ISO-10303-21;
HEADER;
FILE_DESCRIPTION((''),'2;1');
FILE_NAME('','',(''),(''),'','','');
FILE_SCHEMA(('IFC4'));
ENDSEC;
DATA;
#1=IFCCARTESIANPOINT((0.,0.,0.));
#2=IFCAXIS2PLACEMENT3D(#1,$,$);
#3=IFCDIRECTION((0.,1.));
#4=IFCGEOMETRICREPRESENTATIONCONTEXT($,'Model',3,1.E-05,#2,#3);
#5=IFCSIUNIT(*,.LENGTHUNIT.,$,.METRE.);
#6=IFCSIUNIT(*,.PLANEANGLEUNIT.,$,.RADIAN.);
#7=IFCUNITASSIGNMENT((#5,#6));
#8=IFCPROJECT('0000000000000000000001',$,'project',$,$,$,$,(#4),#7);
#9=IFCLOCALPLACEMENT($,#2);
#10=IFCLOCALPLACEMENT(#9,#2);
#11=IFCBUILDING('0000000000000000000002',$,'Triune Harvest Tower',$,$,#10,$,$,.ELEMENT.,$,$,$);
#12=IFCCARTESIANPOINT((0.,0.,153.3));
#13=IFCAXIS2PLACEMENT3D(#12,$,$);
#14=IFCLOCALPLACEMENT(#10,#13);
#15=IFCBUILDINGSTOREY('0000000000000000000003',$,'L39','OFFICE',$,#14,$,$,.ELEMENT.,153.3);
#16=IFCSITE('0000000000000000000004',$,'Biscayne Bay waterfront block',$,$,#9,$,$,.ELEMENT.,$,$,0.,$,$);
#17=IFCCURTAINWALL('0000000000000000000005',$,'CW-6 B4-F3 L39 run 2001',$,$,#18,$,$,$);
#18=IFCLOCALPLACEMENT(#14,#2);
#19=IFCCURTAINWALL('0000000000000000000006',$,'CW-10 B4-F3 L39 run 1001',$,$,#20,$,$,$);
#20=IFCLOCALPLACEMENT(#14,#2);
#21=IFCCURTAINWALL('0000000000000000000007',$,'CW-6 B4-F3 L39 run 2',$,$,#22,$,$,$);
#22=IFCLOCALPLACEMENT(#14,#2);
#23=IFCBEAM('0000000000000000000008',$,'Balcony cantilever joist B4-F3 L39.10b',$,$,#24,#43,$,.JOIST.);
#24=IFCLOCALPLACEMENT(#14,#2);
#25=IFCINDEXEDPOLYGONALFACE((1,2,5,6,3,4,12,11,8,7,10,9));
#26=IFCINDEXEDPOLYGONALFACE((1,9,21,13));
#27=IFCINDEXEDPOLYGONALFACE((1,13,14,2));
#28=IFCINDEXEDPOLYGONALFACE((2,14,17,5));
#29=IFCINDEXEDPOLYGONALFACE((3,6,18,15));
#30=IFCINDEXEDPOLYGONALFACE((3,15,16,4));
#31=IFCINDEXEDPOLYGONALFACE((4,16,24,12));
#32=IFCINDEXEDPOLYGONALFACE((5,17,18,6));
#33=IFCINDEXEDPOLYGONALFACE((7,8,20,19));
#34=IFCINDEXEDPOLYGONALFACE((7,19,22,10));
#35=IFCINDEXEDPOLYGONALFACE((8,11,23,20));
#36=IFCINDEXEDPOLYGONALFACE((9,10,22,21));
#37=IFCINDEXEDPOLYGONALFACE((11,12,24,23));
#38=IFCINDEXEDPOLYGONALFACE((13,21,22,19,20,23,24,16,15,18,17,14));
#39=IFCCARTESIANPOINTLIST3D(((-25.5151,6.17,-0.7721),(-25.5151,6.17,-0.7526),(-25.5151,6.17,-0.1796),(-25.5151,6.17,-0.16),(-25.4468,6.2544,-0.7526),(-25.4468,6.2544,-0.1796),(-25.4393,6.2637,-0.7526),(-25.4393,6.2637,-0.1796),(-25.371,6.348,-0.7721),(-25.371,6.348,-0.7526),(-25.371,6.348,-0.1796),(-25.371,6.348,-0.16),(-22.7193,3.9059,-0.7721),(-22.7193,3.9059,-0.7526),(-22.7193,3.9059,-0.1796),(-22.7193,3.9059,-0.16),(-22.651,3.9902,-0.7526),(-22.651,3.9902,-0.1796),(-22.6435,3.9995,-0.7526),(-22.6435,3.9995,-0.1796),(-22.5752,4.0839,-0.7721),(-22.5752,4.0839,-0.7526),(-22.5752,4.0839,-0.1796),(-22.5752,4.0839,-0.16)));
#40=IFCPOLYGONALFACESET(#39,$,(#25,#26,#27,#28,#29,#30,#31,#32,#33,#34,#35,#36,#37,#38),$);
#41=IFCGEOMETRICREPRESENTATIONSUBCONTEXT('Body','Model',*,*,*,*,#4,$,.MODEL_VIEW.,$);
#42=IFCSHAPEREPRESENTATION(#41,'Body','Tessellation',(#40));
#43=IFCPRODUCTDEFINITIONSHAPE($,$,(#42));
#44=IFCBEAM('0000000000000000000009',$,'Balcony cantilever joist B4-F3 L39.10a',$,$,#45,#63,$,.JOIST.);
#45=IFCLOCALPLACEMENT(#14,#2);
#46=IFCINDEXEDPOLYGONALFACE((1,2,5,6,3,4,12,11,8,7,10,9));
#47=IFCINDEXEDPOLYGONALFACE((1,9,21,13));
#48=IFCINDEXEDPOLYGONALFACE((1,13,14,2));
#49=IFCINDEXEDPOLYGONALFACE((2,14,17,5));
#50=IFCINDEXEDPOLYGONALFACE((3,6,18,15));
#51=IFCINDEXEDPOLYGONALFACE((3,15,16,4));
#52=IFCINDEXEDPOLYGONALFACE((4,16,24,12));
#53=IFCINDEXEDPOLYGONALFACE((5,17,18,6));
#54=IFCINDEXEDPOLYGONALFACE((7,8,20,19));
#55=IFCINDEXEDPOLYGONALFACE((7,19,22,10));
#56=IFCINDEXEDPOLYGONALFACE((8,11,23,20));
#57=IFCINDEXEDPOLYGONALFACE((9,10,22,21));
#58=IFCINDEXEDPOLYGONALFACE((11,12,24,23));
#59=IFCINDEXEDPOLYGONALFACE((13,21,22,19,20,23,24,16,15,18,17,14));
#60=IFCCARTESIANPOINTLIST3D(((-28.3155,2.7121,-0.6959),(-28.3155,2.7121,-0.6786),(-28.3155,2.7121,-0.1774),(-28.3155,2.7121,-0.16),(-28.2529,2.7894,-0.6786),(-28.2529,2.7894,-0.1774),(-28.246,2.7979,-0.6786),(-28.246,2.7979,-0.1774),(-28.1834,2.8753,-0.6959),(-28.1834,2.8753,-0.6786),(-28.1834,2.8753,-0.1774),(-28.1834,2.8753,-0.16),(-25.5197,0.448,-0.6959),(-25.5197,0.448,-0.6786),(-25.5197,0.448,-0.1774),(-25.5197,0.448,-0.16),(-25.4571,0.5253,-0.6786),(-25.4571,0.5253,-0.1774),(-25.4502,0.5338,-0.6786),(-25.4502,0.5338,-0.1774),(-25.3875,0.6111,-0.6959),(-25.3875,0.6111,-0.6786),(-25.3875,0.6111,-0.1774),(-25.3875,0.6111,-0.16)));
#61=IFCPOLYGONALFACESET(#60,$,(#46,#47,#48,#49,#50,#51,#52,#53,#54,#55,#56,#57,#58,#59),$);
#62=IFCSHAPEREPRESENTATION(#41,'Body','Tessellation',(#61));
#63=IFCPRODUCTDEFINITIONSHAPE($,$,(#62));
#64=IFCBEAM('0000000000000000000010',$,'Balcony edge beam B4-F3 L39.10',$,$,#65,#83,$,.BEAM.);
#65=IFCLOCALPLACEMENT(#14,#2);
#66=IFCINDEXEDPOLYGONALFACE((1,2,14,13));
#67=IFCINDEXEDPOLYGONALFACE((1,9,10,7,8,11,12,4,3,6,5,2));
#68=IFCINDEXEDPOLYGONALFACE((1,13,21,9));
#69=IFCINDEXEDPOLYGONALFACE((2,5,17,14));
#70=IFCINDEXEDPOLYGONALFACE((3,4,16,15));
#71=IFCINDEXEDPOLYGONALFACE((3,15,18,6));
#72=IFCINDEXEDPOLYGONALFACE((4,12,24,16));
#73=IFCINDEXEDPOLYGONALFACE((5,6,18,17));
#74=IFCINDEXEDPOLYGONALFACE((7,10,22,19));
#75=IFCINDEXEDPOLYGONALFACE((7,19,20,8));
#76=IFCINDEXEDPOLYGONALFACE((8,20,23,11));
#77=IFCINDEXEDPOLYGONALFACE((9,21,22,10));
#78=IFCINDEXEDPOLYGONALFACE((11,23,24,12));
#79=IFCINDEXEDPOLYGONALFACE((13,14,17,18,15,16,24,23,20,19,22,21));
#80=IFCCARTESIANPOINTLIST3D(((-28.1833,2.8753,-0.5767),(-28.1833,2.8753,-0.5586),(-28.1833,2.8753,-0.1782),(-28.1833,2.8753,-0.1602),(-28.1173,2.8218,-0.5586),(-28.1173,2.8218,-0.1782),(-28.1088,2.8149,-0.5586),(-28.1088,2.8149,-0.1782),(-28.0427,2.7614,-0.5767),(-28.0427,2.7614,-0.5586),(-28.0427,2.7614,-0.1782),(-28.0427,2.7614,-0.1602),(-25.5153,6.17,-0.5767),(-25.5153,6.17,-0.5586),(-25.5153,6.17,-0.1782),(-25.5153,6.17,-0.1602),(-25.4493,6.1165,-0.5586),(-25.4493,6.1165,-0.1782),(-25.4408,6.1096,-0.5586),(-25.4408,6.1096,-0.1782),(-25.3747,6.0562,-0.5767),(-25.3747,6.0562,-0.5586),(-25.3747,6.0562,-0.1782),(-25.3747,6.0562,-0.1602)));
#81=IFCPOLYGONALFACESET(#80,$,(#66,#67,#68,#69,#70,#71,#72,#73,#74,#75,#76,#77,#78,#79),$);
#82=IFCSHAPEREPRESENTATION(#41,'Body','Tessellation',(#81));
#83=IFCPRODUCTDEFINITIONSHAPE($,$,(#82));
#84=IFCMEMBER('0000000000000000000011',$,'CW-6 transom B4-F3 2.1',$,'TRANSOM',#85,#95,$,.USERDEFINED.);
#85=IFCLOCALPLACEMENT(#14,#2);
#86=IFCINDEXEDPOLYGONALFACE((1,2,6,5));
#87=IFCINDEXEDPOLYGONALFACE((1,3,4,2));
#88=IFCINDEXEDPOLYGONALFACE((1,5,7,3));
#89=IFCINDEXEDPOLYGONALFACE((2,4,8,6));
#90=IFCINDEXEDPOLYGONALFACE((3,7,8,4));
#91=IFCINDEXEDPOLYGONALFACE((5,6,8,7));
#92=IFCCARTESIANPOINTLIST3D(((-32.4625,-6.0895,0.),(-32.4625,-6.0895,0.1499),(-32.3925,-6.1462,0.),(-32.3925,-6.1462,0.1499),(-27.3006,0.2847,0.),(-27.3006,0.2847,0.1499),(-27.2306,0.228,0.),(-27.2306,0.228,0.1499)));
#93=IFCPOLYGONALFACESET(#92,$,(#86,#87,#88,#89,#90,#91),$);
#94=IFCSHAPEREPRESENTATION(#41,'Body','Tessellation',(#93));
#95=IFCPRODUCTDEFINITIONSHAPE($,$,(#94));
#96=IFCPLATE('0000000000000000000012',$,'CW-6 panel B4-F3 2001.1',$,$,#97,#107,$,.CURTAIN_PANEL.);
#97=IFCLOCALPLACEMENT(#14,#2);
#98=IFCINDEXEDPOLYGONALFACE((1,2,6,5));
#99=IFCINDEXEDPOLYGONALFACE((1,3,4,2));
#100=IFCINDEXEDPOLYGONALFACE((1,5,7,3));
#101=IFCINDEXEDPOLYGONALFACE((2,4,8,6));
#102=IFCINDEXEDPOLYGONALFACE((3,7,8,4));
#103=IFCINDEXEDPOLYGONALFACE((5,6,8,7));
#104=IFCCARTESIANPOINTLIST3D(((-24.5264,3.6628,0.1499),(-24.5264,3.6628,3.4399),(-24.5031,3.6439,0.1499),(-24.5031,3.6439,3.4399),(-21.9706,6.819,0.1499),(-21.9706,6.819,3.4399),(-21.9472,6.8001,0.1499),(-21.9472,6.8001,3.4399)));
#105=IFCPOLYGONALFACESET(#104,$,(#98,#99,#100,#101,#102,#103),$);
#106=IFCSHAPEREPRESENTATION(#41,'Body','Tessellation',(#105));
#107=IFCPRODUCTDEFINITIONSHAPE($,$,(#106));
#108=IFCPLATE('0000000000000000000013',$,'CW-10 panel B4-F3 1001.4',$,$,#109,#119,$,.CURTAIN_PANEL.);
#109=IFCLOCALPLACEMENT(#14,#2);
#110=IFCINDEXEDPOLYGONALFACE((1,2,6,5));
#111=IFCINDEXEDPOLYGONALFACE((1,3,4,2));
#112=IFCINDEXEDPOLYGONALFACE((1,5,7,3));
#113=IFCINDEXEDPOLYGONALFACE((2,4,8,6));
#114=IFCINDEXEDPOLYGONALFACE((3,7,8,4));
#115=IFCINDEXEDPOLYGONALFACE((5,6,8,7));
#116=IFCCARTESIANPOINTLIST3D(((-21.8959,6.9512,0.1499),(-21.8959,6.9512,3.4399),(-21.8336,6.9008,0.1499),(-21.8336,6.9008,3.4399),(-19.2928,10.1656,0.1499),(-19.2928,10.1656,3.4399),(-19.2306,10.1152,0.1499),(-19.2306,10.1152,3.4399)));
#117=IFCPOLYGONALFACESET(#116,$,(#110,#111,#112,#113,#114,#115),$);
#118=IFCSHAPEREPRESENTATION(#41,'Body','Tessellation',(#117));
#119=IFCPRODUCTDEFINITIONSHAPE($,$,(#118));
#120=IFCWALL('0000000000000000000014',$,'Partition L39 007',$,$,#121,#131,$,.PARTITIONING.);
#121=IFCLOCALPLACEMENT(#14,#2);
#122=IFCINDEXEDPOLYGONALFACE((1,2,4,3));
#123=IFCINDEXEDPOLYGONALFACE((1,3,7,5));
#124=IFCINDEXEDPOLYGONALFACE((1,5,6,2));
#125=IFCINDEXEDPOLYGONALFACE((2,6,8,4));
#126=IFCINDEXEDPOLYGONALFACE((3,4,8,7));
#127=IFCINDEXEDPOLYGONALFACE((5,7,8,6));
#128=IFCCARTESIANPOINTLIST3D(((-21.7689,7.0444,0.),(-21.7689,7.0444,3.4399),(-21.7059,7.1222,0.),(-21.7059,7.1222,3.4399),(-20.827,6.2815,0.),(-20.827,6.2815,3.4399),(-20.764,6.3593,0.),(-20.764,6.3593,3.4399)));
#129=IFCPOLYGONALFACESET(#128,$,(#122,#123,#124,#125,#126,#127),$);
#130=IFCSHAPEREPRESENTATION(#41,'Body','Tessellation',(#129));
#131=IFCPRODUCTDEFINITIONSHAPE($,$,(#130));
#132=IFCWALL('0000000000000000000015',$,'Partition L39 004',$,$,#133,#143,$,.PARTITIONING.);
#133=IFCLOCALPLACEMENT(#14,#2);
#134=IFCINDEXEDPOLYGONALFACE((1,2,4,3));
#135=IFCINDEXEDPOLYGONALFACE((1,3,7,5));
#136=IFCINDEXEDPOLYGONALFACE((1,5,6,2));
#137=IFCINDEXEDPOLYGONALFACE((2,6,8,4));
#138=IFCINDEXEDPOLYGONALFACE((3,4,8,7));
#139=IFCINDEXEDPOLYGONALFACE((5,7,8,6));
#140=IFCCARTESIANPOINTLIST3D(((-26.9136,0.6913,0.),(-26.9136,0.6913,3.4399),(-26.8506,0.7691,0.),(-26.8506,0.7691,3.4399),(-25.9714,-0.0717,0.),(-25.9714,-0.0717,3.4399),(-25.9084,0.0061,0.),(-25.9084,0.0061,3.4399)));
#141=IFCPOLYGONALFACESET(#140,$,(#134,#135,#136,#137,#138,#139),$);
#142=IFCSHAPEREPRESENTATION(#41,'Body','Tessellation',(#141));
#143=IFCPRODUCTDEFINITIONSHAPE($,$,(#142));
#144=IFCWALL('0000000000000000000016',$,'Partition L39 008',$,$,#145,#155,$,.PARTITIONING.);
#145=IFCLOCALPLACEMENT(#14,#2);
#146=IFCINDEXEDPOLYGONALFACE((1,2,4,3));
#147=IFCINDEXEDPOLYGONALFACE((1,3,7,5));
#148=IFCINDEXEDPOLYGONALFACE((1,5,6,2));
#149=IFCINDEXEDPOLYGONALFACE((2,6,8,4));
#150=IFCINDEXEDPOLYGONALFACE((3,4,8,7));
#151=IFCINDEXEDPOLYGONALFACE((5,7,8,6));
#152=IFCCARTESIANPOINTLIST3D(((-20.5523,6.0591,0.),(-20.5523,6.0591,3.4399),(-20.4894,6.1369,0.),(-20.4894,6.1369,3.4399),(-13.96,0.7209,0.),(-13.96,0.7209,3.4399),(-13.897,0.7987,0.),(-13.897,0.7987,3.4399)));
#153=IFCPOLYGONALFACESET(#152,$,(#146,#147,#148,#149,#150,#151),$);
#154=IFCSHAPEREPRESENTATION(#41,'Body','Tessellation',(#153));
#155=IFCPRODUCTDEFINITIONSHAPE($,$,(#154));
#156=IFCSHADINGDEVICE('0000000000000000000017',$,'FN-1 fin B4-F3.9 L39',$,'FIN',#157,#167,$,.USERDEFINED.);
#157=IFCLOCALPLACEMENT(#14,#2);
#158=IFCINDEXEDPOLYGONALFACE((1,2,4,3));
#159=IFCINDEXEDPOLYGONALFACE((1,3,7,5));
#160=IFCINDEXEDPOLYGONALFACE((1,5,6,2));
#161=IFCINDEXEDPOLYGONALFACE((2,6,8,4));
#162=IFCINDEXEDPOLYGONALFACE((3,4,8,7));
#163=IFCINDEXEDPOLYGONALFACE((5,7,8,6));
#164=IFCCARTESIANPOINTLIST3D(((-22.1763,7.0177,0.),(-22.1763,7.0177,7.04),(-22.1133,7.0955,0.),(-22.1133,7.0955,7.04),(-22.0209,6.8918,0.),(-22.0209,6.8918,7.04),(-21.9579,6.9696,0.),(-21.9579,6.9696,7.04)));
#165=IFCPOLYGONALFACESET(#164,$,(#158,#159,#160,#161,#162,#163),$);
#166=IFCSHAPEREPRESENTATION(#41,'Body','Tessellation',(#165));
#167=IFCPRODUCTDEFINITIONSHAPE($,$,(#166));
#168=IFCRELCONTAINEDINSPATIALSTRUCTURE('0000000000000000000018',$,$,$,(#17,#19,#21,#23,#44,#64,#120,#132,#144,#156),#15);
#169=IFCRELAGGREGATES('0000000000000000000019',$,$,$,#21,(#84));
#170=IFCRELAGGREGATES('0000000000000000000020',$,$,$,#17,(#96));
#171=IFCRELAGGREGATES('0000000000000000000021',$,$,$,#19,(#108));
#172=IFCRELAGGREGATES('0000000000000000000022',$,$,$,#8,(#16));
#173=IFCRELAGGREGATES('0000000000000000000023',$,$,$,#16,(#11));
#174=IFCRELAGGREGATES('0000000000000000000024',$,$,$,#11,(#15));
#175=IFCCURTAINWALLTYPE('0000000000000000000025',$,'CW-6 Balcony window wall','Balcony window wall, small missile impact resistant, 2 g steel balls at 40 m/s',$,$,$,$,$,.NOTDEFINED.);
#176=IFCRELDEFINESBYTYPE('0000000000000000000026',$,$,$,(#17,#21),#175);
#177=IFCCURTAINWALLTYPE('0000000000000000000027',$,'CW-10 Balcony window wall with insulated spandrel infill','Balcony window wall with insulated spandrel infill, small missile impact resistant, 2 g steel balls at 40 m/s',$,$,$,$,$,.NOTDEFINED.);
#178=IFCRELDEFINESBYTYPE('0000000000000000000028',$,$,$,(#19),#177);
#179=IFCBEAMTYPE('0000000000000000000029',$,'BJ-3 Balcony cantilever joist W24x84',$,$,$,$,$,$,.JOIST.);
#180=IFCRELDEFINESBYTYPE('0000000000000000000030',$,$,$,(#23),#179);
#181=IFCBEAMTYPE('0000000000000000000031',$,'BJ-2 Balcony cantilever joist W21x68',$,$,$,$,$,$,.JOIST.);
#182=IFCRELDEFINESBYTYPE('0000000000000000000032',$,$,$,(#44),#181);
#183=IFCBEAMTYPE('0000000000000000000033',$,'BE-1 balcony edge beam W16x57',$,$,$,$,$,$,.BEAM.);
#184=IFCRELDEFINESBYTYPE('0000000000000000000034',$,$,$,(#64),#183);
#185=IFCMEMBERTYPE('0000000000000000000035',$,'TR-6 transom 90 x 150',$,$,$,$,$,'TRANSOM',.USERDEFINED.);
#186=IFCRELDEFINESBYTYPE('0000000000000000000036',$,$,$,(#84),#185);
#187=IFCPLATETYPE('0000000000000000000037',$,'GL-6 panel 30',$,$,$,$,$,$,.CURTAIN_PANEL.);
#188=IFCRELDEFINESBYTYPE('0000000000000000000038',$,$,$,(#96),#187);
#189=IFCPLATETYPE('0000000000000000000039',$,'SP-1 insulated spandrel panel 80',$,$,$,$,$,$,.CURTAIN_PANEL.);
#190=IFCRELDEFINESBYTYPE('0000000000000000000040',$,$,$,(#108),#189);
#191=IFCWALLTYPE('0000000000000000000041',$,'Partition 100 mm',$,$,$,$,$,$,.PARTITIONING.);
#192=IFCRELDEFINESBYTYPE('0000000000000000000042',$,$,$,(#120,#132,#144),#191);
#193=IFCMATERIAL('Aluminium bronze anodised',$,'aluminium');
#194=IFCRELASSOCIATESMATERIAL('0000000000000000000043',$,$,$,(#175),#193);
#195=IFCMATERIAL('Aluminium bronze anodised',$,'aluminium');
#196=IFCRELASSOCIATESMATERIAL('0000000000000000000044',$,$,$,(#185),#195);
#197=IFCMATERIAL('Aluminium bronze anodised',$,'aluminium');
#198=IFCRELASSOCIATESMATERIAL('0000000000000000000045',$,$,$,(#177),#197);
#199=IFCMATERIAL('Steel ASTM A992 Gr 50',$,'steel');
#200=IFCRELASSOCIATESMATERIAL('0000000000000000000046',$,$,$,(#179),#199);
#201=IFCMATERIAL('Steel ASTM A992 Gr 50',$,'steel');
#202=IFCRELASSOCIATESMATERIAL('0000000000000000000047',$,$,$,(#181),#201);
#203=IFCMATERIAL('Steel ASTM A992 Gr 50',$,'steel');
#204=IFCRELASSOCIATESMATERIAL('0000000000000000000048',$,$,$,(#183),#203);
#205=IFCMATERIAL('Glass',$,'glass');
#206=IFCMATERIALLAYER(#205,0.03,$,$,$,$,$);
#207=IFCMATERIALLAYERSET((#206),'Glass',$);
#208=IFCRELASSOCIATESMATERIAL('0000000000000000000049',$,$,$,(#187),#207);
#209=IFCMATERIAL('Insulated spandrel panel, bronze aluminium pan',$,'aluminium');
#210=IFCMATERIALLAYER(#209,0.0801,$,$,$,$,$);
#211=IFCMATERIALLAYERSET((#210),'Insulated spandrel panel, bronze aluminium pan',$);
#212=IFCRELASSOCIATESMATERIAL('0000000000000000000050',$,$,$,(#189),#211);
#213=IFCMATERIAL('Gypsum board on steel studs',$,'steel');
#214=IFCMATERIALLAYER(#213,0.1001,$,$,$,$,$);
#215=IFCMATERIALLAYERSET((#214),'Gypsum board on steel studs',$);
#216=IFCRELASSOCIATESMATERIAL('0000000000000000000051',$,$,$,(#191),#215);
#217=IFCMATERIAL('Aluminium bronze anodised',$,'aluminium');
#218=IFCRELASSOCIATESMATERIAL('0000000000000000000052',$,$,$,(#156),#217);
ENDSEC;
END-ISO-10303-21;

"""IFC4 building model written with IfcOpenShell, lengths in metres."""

from ifc_helpers import new_model, si_unit, direction, frame, frame_2d, origin, origin_2d, place, context, subcontext, project, spatial, rectangle, i_section, extrude, source, transform, mapped, material, layer, layer_set, material_profile, profile_set, type_object, element, aggregate, save


model = new_model("IFC4")

# Units and contexts
model_context = context("Model", 3, precision=1e-05, world=origin(), true_north=direction((0.0, 1.0)))
body_context = subcontext(model_context, "Body", "Model", "MODEL_VIEW")
ifc_project = project(units=[si_unit("LENGTHUNIT", "METRE"), si_unit("PLANEANGLEUNIT", "RADIAN")], contexts=[model_context])

# Site, building, storey
site_placement = place(None, origin())
site = spatial("IfcSite", under=ifc_project, at=site_placement, Name="Biscayne Bay waterfront block", CompositionType="ELEMENT", RefElevation=0.0)
building_placement = place(site_placement, origin())
building = spatial("IfcBuilding", under=site, at=building_placement, Name="Triune Harvest Tower", CompositionType="ELEMENT")
storey_placement = place(building_placement, frame((0.0, 0.0, 153.3)))
storey = spatial("IfcBuildingStorey", under=building, at=storey_placement, Name="L39", Description="OFFICE", CompositionType="ELEMENT", Elevation=153.3)

# Curtain wall
ifc_material_1 = material(Name="Aluminium bronze anodised", Category="aluminium")
curtain_wall_type_1 = type_object("IfcCurtainWallType", Name="CW-6 Balcony window wall", Description="Balcony window wall, small missile impact resistant, 2 g steel balls at 40 m/s", PredefinedType="NOTDEFINED", material=ifc_material_1)
curtain_wall_1_placement = place(storey_placement, origin())
curtain_wall_1 = element("IfcCurtainWall", 1, at=curtain_wall_1_placement, inside=storey, type_object=curtain_wall_type_1, Name="CW-6 B4-F3 L39 run 2001")
ifc_material_2 = material(Name="Aluminium bronze anodised", Category="aluminium")
ifc_material_profile_1 = material_profile(ifc_material_2, rectangle(XDim=0.0901, YDim=0.1499, at=origin_2d()), Name="TR-6 transom 90 x 150")
ifc_profile_set_1 = profile_set([ifc_material_profile_1], Name="Aluminium bronze anodised")
member_type_1 = type_object("IfcMemberType", Name="TR-6 transom 90 x 150", ElementType="TRANSOM", PredefinedType="USERDEFINED", material=ifc_profile_set_1)

# Curtain wall
ifc_material_3 = material(Name="Aluminium bronze anodised", Category="aluminium")
curtain_wall_type_2 = type_object("IfcCurtainWallType", Name="CW-10 Balcony window wall with insulated spandrel infill", Description="Balcony window wall with insulated spandrel infill, small missile impact resistant, 2 g steel balls at 40 m/s", PredefinedType="NOTDEFINED", material=ifc_material_3)
curtain_wall_2_placement = place(storey_placement, origin())
curtain_wall_2 = element("IfcCurtainWall", 2, at=curtain_wall_2_placement, inside=storey, type_object=curtain_wall_type_2, Name="CW-10 B4-F3 L39 run 1001")

# Curtain wall
curtain_wall_3_placement = place(storey_placement, origin())
curtain_wall_3 = element("IfcCurtainWall", 3, at=curtain_wall_3_placement, inside=storey, type_object=curtain_wall_type_1, Name="CW-6 B4-F3 L39 run 2")

# Beams
ifc_material_4 = material(Name="Steel ASTM A992 Gr 50", Category="steel")
ifc_material_profile_2 = material_profile(ifc_material_4, i_section(OverallWidth=0.229, OverallDepth=0.6121, WebThickness=0.012, FlangeThickness=0.0195, at=origin_2d()), Name="W24x84")
ifc_profile_set_2 = profile_set([ifc_material_profile_2], Name="Steel ASTM A992 Gr 50")
beam_type_1 = type_object("IfcBeamType", Name="BJ-3 Balcony cantilever joist W24x84", PredefinedType="JOIST", material=ifc_profile_set_2)
shared_shape_1 = source(origin(), body_context, "Body", "SweptSolid", [
    extrude(i_section(OverallWidth=0.229, OverallDepth=0.6121, WebThickness=0.012, FlangeThickness=0.0195, at=origin_2d()), origin(), (0.0, 0.0, 1.0), 3.5977),
])
beam_1_placement = place(storey_placement, frame((-22.6472, 3.9949, -0.4661), z_axis=(-0.777134, 0.629335, 0.0), x_axis=(-0.629335, -0.777134, 0.0)))
element("IfcBeam", 4, at=beam_1_placement, inside=storey, type_object=beam_type_1, Name="Balcony cantilever joist B4-F3 L39.10b", PredefinedType="JOIST", context=body_context, shape_type="MappedRepresentation", body=[
    mapped(shared_shape_1, transform((0.0, 0.0, 0.0), scale=1.0)),
])
ifc_material_5 = material(Name="Steel ASTM A992 Gr 50", Category="steel")
ifc_material_profile_3 = material_profile(ifc_material_5, i_section(OverallWidth=0.21, OverallDepth=0.5359, WebThickness=0.011, FlangeThickness=0.0173, at=origin_2d()), Name="W21x68")
ifc_profile_set_3 = profile_set([ifc_material_profile_3], Name="Steel ASTM A992 Gr 50")
beam_type_2 = type_object("IfcBeamType", Name="BJ-2 Balcony cantilever joist W21x68", PredefinedType="JOIST", material=ifc_profile_set_3)
shared_shape_2 = source(origin(), body_context, "Body", "SweptSolid", [
    extrude(i_section(OverallWidth=0.21, OverallDepth=0.5359, WebThickness=0.011, FlangeThickness=0.0173, at=origin_2d()), origin(), (0.0, 0.0, 1.0), 3.5977),
])
beam_2_placement = place(storey_placement, frame((-25.4536, 0.5295, -0.428), z_axis=(-0.777134, 0.629335, 0.0), x_axis=(-0.629335, -0.777134, 0.0)))
element("IfcBeam", 5, at=beam_2_placement, inside=storey, type_object=beam_type_2, Name="Balcony cantilever joist B4-F3 L39.10a", PredefinedType="JOIST", context=body_context, shape_type="MappedRepresentation", body=[
    mapped(shared_shape_2, transform((0.0, 0.0, 0.0), scale=1.0)),
])
ifc_material_6 = material(Name="Steel ASTM A992 Gr 50", Category="steel")
ifc_material_profile_4 = material_profile(ifc_material_6, i_section(OverallWidth=0.1809, OverallDepth=0.4165, WebThickness=0.011, FlangeThickness=0.0181, at=origin_2d()), Name="W16x57")
ifc_profile_set_4 = profile_set([ifc_material_profile_4], Name="Steel ASTM A992 Gr 50")
beam_type_3 = type_object("IfcBeamType", Name="BE-1 balcony edge beam W16x57", PredefinedType="BEAM", material=ifc_profile_set_4)
shared_shape_3 = source(origin(), body_context, "Body", "SweptSolid", [
    extrude(i_section(OverallWidth=0.1809, OverallDepth=0.4165, WebThickness=0.011, FlangeThickness=0.0181, at=origin_2d()), origin(), (0.0, 0.0, 1.0), 4.2395),
])
beam_3_placement = place(storey_placement, frame((-28.113, 2.8184, -0.3684), z_axis=(0.629319, 0.777147, 0.0), x_axis=(-0.777147, 0.629319, 0.0)))
element("IfcBeam", 6, at=beam_3_placement, inside=storey, type_object=beam_type_3, Name="Balcony edge beam B4-F3 L39.10", PredefinedType="BEAM", context=body_context, shape_type="MappedRepresentation", body=[
    mapped(shared_shape_3, transform((0.0, 0.0, 0.0), scale=1.0)),
])

# Member
shared_shape_4 = source(origin(), body_context, "Body", "SweptSolid", [
    extrude(rectangle(XDim=0.0901, YDim=0.1499, at=origin_2d()), origin(), (0.0, 0.0, 1.0), 8.2021),
])
member_1_placement = place(storey_placement, frame((-27.2656, 0.2563, 0.075), z_axis=(-0.629327, -0.777141, 0.0), x_axis=(0.777141, -0.629327, 0.0)))
member_1 = element("IfcMember", 7, at=member_1_placement, type_object=member_type_1, Name="CW-6 transom B4-F3 2.1", ObjectType="TRANSOM", PredefinedType="USERDEFINED", context=body_context, shape_type="MappedRepresentation", body=[
    mapped(shared_shape_4, transform((0.0, 0.0, 0.0), scale=1.0)),
])
aggregate(curtain_wall_3, [member_1])

# Plates
ifc_material_7 = material(Name="Glass", Category="glass")
ifc_layer_1 = layer(ifc_material_7, 0.03)
ifc_layer_set_1 = layer_set([ifc_layer_1], Name="Glass")
plate_type_1 = type_object("IfcPlateType", Name="GL-6 panel 30", PredefinedType="CURTAIN_PANEL", material=ifc_layer_set_1)
plate_1_placement = place(storey_placement, frame((-23.2368, 5.2314, 0.1499), z_axis=(0.0, 0.0, 1.0), x_axis=(-0.629316, -0.777149, 0.0)))
plate_1 = element("IfcPlate", 8, at=plate_1_placement, type_object=plate_type_1, Name="CW-6 panel B4-F3 2001.1", PredefinedType="CURTAIN_PANEL", context=body_context, shape_type="SweptSolid", body=[
    extrude(rectangle(XDim=4.0613, YDim=0.03, at=origin_2d()), origin(), (0.0, 0.0, 1.0), 3.29),
])
aggregate(curtain_wall_1, [plate_1])
ifc_material_8 = material(Name="Insulated spandrel panel, bronze aluminium pan", Category="aluminium")
ifc_layer_2 = layer(ifc_material_8, 0.0801)
ifc_layer_set_2 = layer_set([ifc_layer_2], Name="Insulated spandrel panel, bronze aluminium pan")
plate_type_2 = type_object("IfcPlateType", Name="SP-1 insulated spandrel panel 80", PredefinedType="CURTAIN_PANEL", material=ifc_layer_set_2)
shared_shape_5 = source(origin(), body_context, "Body", "SweptSolid", [
    extrude(rectangle(XDim=4.1362, YDim=0.0801, at=origin_2d()), origin(), (0.0, 0.0, 1.0), 3.29),
])
plate_2_placement = place(storey_placement, frame((-20.5632, 8.5332, 0.1499), z_axis=(0.0, 0.0, 1.0), x_axis=(-0.629322, -0.777145, 0.0)))
plate_2 = element("IfcPlate", 9, at=plate_2_placement, type_object=plate_type_2, Name="CW-10 panel B4-F3 1001.4", PredefinedType="CURTAIN_PANEL", context=body_context, shape_type="MappedRepresentation", body=[
    mapped(shared_shape_5, transform((0.0, 0.0, 0.0), scale=1.0)),
])
aggregate(curtain_wall_2, [plate_2])

# Shared definitions
ifc_material_9 = material(Name="Aluminium bronze anodised", Category="aluminium")

# Walls
ifc_material_10 = material(Name="Gypsum board on steel studs", Category="steel")
ifc_layer_3 = layer(ifc_material_10, 0.1001)
ifc_layer_set_3 = layer_set([ifc_layer_3], Name="Gypsum board on steel studs")
wall_type_1 = type_object("IfcWallType", Name="Partition 100 mm", PredefinedType="PARTITIONING", material=ifc_layer_set_3)
shared_shape_6 = source(origin(), body_context, "Body", "SweptSolid", [
    extrude(rectangle(XDim=1.2122, YDim=0.1001, at=frame_2d((0.606, 0.0))), origin(), (0.0, 0.0, 1.0), 3.4399),
])
wall_1_placement = place(storey_placement, frame((-21.7373, 7.0833, 0.0), z_axis=(0.0, 0.0, 1.0), x_axis=(0.777062, -0.629424, 0.0)))
element("IfcWall", 10, at=wall_1_placement, inside=storey, type_object=wall_type_1, Name="Partition L39 007", PredefinedType="PARTITIONING", context=body_context, shape_type="MappedRepresentation", body=[
    mapped(shared_shape_6, transform((0.0, 0.0, 0.0), scale=1.0)),
])
shared_shape_7 = source(origin(), body_context, "Body", "SweptSolid", [
    extrude(rectangle(XDim=1.2124, YDim=0.1001, at=frame_2d((0.6062, 0.0))), origin(), (0.0, 0.0, 1.0), 3.4399),
])
wall_2_placement = place(storey_placement, frame((-26.8821, 0.7302, 0.0), z_axis=(0.0, 0.0, 1.0), x_axis=(0.777142, -0.629326, 0.0)))
element("IfcWall", 11, at=wall_2_placement, inside=storey, type_object=wall_type_1, Name="Partition L39 004", PredefinedType="PARTITIONING", context=body_context, shape_type="MappedRepresentation", body=[
    mapped(shared_shape_7, transform((0.0, 0.0, 0.0), scale=1.0)),
])
shared_shape_8 = source(origin(), body_context, "Body", "SweptSolid", [
    extrude(rectangle(XDim=8.4827, YDim=0.1001, at=frame_2d((4.2412, 0.0))), origin(), (0.0, 0.0, 1.0), 3.4399),
])
wall_3_placement = place(storey_placement, frame((-20.5208, 6.0979, 0.0), z_axis=(0.0, 0.0, 1.0), x_axis=(0.777157, -0.629307, 0.0)))
element("IfcWall", 12, at=wall_3_placement, inside=storey, type_object=wall_type_1, Name="Partition L39 008", PredefinedType="PARTITIONING", context=body_context, shape_type="MappedRepresentation", body=[
    mapped(shared_shape_8, transform((0.0, 0.0, 0.0), scale=1.0)),
])

# Shading device
shared_shape_9 = source(origin(), body_context, "Body", "SweptSolid", [
    extrude(rectangle(XDim=0.1001, YDim=0.2, at=origin_2d()), origin(), (0.0, 0.0, 1.0), 7.04),
])
shading_device_placement = place(storey_placement, frame((-22.0671, 6.9937, 0.0), z_axis=(0.0, 0.0, 1.0), x_axis=(-0.629321, -0.777145, 0.0)))
element("IfcShadingDevice", 13, at=shading_device_placement, inside=storey, material=ifc_material_9, Name="FN-1 fin B4-F3.9 L39", ObjectType="FIN", PredefinedType="USERDEFINED", context=body_context, shape_type="MappedRepresentation", body=[
    mapped(shared_shape_9, transform((0.0, 0.0, 0.0), scale=1.0)),
])

save(model, "model.ifc")
